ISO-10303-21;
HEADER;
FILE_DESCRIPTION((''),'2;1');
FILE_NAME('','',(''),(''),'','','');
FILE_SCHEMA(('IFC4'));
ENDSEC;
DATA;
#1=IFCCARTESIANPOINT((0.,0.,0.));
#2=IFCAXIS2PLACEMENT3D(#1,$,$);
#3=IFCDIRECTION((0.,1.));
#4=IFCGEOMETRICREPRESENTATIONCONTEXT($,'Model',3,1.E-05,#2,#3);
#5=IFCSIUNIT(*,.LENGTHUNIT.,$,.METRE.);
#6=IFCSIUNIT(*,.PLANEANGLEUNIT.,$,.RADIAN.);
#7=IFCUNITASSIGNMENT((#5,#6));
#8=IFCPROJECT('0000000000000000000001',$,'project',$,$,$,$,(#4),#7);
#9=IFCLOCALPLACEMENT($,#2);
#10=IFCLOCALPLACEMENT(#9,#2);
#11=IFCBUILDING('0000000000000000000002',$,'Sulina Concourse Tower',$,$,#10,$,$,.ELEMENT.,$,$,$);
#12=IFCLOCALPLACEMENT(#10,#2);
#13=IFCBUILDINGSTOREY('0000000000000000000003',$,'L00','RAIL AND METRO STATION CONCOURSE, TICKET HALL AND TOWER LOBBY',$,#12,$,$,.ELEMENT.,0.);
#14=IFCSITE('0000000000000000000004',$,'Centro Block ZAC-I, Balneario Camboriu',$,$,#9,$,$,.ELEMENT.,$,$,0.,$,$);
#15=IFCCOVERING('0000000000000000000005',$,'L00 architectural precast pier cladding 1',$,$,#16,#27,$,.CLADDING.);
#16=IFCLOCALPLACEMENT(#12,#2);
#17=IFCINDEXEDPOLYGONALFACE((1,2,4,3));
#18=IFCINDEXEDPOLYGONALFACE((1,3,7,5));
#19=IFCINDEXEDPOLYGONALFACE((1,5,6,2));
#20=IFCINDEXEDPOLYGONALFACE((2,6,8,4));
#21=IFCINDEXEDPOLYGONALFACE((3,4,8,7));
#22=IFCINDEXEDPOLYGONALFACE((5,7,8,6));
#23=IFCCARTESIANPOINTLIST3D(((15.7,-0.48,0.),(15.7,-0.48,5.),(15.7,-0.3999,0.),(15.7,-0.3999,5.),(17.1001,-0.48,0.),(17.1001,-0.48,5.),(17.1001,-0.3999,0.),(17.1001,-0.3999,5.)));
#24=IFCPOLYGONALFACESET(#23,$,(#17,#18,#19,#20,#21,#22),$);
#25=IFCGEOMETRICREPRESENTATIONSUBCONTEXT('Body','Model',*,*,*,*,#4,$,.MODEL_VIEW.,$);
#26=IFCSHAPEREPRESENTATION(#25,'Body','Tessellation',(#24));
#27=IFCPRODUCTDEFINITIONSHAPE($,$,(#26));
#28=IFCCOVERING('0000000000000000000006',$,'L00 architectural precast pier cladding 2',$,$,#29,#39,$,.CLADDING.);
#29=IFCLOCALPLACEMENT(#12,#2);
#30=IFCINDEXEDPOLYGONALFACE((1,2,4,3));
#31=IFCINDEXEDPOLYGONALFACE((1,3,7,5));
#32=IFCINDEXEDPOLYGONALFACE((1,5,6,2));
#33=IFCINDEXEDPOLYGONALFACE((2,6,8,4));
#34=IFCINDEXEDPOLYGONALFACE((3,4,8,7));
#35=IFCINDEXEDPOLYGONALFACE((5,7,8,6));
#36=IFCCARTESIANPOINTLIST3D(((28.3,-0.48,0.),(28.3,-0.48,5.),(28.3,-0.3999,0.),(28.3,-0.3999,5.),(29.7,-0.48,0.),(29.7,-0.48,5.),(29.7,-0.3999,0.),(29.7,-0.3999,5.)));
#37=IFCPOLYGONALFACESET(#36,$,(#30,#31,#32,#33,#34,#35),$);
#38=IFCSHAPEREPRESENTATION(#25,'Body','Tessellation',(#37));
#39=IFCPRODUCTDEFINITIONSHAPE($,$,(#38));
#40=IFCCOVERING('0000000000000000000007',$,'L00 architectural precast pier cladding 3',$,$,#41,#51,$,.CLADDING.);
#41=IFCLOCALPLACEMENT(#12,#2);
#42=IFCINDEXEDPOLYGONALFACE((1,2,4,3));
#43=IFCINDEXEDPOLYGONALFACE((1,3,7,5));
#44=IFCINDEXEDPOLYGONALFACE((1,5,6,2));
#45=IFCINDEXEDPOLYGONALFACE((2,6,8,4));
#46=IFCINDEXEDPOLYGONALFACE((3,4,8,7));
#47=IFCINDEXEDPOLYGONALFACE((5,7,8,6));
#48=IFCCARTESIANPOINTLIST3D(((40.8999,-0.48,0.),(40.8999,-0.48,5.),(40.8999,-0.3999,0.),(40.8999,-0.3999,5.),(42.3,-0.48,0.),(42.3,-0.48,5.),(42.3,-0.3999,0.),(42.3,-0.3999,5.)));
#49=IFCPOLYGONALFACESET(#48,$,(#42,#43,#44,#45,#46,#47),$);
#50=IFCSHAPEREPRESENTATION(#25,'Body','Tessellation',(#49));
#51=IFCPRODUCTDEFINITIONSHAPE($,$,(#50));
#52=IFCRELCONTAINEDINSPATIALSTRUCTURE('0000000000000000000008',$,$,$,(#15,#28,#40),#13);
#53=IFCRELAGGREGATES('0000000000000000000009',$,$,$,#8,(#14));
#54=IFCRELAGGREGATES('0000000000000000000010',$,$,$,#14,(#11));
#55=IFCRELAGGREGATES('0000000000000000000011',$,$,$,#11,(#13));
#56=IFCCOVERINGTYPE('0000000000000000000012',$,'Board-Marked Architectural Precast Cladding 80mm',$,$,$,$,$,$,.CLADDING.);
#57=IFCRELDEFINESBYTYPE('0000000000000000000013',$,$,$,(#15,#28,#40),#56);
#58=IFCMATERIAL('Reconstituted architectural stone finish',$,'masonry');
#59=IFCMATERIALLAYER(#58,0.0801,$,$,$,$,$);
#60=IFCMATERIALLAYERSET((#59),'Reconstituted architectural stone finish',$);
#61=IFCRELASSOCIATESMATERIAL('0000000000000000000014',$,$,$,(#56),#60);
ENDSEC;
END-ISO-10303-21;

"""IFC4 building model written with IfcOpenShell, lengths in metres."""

from ifc_helpers import new_model, si_unit, direction, origin, place, context, subcontext, project, spatial, polyline, outline, extrude, material, layer, layer_set, type_object, element, save


model = new_model("IFC4")

# Units and contexts
model_context = context("Model", 3, precision=1e-05, world=origin(), true_north=direction((0.0, 1.0)))
body_context = subcontext(model_context, "Body", "Model", "MODEL_VIEW")
ifc_project = project(units=[si_unit("LENGTHUNIT", "METRE"), si_unit("PLANEANGLEUNIT", "RADIAN")], contexts=[model_context])

# Site, building, storey
site_placement = place(None, origin())
site = spatial("IfcSite", under=ifc_project, at=site_placement, Name="Centro Block ZAC-I, Balneario Camboriu", CompositionType="ELEMENT", RefElevation=0.0)
building_placement = place(site_placement, origin())
building = spatial("IfcBuilding", under=site, at=building_placement, Name="Sulina Concourse Tower", CompositionType="ELEMENT")
storey_placement = place(building_placement, origin())
storey = spatial("IfcBuildingStorey", under=building, at=storey_placement, Name="L00", Description="RAIL AND METRO STATION CONCOURSE, TICKET HALL AND TOWER LOBBY", CompositionType="ELEMENT", Elevation=0.0)

# Coverings
ifc_material_1 = material(Name="Reconstituted architectural stone finish", Category="masonry")
ifc_layer_1 = layer(ifc_material_1, 0.0801)
ifc_layer_set_1 = layer_set([ifc_layer_1], Name="Reconstituted architectural stone finish")
covering_type = type_object("IfcCoveringType", Name="Board-Marked Architectural Precast Cladding 80mm", PredefinedType="CLADDING", material=ifc_layer_set_1)
covering_1_placement = place(storey_placement, origin())
element("IfcCovering", 1, at=covering_1_placement, inside=storey, type_object=covering_type, Name="L00 architectural precast pier cladding 1", PredefinedType="CLADDING", context=body_context, shape_type="SweptSolid", body=[
    extrude(outline(polyline([(15.7, -0.48), (17.1001, -0.48), (17.1001, -0.3999), (15.7, -0.3999), (15.7, -0.48)])), origin(), (0.0, 0.0, 1.0), 5.0),
])
covering_2_placement = place(storey_placement, origin())
element("IfcCovering", 2, at=covering_2_placement, inside=storey, type_object=covering_type, Name="L00 architectural precast pier cladding 2", PredefinedType="CLADDING", context=body_context, shape_type="SweptSolid", body=[
    extrude(outline(polyline([(28.3, -0.48), (29.7, -0.48), (29.7, -0.3999), (28.3, -0.3999), (28.3, -0.48)])), origin(), (0.0, 0.0, 1.0), 5.0),
])
covering_3_placement = place(storey_placement, origin())
element("IfcCovering", 3, at=covering_3_placement, inside=storey, type_object=covering_type, Name="L00 architectural precast pier cladding 3", PredefinedType="CLADDING", context=body_context, shape_type="SweptSolid", body=[
    extrude(outline(polyline([(40.8999, -0.48), (42.3, -0.48), (42.3, -0.3999), (40.8999, -0.3999), (40.8999, -0.48)])), origin(), (0.0, 0.0, 1.0), 5.0),
])

save(model, "model.ifc")
